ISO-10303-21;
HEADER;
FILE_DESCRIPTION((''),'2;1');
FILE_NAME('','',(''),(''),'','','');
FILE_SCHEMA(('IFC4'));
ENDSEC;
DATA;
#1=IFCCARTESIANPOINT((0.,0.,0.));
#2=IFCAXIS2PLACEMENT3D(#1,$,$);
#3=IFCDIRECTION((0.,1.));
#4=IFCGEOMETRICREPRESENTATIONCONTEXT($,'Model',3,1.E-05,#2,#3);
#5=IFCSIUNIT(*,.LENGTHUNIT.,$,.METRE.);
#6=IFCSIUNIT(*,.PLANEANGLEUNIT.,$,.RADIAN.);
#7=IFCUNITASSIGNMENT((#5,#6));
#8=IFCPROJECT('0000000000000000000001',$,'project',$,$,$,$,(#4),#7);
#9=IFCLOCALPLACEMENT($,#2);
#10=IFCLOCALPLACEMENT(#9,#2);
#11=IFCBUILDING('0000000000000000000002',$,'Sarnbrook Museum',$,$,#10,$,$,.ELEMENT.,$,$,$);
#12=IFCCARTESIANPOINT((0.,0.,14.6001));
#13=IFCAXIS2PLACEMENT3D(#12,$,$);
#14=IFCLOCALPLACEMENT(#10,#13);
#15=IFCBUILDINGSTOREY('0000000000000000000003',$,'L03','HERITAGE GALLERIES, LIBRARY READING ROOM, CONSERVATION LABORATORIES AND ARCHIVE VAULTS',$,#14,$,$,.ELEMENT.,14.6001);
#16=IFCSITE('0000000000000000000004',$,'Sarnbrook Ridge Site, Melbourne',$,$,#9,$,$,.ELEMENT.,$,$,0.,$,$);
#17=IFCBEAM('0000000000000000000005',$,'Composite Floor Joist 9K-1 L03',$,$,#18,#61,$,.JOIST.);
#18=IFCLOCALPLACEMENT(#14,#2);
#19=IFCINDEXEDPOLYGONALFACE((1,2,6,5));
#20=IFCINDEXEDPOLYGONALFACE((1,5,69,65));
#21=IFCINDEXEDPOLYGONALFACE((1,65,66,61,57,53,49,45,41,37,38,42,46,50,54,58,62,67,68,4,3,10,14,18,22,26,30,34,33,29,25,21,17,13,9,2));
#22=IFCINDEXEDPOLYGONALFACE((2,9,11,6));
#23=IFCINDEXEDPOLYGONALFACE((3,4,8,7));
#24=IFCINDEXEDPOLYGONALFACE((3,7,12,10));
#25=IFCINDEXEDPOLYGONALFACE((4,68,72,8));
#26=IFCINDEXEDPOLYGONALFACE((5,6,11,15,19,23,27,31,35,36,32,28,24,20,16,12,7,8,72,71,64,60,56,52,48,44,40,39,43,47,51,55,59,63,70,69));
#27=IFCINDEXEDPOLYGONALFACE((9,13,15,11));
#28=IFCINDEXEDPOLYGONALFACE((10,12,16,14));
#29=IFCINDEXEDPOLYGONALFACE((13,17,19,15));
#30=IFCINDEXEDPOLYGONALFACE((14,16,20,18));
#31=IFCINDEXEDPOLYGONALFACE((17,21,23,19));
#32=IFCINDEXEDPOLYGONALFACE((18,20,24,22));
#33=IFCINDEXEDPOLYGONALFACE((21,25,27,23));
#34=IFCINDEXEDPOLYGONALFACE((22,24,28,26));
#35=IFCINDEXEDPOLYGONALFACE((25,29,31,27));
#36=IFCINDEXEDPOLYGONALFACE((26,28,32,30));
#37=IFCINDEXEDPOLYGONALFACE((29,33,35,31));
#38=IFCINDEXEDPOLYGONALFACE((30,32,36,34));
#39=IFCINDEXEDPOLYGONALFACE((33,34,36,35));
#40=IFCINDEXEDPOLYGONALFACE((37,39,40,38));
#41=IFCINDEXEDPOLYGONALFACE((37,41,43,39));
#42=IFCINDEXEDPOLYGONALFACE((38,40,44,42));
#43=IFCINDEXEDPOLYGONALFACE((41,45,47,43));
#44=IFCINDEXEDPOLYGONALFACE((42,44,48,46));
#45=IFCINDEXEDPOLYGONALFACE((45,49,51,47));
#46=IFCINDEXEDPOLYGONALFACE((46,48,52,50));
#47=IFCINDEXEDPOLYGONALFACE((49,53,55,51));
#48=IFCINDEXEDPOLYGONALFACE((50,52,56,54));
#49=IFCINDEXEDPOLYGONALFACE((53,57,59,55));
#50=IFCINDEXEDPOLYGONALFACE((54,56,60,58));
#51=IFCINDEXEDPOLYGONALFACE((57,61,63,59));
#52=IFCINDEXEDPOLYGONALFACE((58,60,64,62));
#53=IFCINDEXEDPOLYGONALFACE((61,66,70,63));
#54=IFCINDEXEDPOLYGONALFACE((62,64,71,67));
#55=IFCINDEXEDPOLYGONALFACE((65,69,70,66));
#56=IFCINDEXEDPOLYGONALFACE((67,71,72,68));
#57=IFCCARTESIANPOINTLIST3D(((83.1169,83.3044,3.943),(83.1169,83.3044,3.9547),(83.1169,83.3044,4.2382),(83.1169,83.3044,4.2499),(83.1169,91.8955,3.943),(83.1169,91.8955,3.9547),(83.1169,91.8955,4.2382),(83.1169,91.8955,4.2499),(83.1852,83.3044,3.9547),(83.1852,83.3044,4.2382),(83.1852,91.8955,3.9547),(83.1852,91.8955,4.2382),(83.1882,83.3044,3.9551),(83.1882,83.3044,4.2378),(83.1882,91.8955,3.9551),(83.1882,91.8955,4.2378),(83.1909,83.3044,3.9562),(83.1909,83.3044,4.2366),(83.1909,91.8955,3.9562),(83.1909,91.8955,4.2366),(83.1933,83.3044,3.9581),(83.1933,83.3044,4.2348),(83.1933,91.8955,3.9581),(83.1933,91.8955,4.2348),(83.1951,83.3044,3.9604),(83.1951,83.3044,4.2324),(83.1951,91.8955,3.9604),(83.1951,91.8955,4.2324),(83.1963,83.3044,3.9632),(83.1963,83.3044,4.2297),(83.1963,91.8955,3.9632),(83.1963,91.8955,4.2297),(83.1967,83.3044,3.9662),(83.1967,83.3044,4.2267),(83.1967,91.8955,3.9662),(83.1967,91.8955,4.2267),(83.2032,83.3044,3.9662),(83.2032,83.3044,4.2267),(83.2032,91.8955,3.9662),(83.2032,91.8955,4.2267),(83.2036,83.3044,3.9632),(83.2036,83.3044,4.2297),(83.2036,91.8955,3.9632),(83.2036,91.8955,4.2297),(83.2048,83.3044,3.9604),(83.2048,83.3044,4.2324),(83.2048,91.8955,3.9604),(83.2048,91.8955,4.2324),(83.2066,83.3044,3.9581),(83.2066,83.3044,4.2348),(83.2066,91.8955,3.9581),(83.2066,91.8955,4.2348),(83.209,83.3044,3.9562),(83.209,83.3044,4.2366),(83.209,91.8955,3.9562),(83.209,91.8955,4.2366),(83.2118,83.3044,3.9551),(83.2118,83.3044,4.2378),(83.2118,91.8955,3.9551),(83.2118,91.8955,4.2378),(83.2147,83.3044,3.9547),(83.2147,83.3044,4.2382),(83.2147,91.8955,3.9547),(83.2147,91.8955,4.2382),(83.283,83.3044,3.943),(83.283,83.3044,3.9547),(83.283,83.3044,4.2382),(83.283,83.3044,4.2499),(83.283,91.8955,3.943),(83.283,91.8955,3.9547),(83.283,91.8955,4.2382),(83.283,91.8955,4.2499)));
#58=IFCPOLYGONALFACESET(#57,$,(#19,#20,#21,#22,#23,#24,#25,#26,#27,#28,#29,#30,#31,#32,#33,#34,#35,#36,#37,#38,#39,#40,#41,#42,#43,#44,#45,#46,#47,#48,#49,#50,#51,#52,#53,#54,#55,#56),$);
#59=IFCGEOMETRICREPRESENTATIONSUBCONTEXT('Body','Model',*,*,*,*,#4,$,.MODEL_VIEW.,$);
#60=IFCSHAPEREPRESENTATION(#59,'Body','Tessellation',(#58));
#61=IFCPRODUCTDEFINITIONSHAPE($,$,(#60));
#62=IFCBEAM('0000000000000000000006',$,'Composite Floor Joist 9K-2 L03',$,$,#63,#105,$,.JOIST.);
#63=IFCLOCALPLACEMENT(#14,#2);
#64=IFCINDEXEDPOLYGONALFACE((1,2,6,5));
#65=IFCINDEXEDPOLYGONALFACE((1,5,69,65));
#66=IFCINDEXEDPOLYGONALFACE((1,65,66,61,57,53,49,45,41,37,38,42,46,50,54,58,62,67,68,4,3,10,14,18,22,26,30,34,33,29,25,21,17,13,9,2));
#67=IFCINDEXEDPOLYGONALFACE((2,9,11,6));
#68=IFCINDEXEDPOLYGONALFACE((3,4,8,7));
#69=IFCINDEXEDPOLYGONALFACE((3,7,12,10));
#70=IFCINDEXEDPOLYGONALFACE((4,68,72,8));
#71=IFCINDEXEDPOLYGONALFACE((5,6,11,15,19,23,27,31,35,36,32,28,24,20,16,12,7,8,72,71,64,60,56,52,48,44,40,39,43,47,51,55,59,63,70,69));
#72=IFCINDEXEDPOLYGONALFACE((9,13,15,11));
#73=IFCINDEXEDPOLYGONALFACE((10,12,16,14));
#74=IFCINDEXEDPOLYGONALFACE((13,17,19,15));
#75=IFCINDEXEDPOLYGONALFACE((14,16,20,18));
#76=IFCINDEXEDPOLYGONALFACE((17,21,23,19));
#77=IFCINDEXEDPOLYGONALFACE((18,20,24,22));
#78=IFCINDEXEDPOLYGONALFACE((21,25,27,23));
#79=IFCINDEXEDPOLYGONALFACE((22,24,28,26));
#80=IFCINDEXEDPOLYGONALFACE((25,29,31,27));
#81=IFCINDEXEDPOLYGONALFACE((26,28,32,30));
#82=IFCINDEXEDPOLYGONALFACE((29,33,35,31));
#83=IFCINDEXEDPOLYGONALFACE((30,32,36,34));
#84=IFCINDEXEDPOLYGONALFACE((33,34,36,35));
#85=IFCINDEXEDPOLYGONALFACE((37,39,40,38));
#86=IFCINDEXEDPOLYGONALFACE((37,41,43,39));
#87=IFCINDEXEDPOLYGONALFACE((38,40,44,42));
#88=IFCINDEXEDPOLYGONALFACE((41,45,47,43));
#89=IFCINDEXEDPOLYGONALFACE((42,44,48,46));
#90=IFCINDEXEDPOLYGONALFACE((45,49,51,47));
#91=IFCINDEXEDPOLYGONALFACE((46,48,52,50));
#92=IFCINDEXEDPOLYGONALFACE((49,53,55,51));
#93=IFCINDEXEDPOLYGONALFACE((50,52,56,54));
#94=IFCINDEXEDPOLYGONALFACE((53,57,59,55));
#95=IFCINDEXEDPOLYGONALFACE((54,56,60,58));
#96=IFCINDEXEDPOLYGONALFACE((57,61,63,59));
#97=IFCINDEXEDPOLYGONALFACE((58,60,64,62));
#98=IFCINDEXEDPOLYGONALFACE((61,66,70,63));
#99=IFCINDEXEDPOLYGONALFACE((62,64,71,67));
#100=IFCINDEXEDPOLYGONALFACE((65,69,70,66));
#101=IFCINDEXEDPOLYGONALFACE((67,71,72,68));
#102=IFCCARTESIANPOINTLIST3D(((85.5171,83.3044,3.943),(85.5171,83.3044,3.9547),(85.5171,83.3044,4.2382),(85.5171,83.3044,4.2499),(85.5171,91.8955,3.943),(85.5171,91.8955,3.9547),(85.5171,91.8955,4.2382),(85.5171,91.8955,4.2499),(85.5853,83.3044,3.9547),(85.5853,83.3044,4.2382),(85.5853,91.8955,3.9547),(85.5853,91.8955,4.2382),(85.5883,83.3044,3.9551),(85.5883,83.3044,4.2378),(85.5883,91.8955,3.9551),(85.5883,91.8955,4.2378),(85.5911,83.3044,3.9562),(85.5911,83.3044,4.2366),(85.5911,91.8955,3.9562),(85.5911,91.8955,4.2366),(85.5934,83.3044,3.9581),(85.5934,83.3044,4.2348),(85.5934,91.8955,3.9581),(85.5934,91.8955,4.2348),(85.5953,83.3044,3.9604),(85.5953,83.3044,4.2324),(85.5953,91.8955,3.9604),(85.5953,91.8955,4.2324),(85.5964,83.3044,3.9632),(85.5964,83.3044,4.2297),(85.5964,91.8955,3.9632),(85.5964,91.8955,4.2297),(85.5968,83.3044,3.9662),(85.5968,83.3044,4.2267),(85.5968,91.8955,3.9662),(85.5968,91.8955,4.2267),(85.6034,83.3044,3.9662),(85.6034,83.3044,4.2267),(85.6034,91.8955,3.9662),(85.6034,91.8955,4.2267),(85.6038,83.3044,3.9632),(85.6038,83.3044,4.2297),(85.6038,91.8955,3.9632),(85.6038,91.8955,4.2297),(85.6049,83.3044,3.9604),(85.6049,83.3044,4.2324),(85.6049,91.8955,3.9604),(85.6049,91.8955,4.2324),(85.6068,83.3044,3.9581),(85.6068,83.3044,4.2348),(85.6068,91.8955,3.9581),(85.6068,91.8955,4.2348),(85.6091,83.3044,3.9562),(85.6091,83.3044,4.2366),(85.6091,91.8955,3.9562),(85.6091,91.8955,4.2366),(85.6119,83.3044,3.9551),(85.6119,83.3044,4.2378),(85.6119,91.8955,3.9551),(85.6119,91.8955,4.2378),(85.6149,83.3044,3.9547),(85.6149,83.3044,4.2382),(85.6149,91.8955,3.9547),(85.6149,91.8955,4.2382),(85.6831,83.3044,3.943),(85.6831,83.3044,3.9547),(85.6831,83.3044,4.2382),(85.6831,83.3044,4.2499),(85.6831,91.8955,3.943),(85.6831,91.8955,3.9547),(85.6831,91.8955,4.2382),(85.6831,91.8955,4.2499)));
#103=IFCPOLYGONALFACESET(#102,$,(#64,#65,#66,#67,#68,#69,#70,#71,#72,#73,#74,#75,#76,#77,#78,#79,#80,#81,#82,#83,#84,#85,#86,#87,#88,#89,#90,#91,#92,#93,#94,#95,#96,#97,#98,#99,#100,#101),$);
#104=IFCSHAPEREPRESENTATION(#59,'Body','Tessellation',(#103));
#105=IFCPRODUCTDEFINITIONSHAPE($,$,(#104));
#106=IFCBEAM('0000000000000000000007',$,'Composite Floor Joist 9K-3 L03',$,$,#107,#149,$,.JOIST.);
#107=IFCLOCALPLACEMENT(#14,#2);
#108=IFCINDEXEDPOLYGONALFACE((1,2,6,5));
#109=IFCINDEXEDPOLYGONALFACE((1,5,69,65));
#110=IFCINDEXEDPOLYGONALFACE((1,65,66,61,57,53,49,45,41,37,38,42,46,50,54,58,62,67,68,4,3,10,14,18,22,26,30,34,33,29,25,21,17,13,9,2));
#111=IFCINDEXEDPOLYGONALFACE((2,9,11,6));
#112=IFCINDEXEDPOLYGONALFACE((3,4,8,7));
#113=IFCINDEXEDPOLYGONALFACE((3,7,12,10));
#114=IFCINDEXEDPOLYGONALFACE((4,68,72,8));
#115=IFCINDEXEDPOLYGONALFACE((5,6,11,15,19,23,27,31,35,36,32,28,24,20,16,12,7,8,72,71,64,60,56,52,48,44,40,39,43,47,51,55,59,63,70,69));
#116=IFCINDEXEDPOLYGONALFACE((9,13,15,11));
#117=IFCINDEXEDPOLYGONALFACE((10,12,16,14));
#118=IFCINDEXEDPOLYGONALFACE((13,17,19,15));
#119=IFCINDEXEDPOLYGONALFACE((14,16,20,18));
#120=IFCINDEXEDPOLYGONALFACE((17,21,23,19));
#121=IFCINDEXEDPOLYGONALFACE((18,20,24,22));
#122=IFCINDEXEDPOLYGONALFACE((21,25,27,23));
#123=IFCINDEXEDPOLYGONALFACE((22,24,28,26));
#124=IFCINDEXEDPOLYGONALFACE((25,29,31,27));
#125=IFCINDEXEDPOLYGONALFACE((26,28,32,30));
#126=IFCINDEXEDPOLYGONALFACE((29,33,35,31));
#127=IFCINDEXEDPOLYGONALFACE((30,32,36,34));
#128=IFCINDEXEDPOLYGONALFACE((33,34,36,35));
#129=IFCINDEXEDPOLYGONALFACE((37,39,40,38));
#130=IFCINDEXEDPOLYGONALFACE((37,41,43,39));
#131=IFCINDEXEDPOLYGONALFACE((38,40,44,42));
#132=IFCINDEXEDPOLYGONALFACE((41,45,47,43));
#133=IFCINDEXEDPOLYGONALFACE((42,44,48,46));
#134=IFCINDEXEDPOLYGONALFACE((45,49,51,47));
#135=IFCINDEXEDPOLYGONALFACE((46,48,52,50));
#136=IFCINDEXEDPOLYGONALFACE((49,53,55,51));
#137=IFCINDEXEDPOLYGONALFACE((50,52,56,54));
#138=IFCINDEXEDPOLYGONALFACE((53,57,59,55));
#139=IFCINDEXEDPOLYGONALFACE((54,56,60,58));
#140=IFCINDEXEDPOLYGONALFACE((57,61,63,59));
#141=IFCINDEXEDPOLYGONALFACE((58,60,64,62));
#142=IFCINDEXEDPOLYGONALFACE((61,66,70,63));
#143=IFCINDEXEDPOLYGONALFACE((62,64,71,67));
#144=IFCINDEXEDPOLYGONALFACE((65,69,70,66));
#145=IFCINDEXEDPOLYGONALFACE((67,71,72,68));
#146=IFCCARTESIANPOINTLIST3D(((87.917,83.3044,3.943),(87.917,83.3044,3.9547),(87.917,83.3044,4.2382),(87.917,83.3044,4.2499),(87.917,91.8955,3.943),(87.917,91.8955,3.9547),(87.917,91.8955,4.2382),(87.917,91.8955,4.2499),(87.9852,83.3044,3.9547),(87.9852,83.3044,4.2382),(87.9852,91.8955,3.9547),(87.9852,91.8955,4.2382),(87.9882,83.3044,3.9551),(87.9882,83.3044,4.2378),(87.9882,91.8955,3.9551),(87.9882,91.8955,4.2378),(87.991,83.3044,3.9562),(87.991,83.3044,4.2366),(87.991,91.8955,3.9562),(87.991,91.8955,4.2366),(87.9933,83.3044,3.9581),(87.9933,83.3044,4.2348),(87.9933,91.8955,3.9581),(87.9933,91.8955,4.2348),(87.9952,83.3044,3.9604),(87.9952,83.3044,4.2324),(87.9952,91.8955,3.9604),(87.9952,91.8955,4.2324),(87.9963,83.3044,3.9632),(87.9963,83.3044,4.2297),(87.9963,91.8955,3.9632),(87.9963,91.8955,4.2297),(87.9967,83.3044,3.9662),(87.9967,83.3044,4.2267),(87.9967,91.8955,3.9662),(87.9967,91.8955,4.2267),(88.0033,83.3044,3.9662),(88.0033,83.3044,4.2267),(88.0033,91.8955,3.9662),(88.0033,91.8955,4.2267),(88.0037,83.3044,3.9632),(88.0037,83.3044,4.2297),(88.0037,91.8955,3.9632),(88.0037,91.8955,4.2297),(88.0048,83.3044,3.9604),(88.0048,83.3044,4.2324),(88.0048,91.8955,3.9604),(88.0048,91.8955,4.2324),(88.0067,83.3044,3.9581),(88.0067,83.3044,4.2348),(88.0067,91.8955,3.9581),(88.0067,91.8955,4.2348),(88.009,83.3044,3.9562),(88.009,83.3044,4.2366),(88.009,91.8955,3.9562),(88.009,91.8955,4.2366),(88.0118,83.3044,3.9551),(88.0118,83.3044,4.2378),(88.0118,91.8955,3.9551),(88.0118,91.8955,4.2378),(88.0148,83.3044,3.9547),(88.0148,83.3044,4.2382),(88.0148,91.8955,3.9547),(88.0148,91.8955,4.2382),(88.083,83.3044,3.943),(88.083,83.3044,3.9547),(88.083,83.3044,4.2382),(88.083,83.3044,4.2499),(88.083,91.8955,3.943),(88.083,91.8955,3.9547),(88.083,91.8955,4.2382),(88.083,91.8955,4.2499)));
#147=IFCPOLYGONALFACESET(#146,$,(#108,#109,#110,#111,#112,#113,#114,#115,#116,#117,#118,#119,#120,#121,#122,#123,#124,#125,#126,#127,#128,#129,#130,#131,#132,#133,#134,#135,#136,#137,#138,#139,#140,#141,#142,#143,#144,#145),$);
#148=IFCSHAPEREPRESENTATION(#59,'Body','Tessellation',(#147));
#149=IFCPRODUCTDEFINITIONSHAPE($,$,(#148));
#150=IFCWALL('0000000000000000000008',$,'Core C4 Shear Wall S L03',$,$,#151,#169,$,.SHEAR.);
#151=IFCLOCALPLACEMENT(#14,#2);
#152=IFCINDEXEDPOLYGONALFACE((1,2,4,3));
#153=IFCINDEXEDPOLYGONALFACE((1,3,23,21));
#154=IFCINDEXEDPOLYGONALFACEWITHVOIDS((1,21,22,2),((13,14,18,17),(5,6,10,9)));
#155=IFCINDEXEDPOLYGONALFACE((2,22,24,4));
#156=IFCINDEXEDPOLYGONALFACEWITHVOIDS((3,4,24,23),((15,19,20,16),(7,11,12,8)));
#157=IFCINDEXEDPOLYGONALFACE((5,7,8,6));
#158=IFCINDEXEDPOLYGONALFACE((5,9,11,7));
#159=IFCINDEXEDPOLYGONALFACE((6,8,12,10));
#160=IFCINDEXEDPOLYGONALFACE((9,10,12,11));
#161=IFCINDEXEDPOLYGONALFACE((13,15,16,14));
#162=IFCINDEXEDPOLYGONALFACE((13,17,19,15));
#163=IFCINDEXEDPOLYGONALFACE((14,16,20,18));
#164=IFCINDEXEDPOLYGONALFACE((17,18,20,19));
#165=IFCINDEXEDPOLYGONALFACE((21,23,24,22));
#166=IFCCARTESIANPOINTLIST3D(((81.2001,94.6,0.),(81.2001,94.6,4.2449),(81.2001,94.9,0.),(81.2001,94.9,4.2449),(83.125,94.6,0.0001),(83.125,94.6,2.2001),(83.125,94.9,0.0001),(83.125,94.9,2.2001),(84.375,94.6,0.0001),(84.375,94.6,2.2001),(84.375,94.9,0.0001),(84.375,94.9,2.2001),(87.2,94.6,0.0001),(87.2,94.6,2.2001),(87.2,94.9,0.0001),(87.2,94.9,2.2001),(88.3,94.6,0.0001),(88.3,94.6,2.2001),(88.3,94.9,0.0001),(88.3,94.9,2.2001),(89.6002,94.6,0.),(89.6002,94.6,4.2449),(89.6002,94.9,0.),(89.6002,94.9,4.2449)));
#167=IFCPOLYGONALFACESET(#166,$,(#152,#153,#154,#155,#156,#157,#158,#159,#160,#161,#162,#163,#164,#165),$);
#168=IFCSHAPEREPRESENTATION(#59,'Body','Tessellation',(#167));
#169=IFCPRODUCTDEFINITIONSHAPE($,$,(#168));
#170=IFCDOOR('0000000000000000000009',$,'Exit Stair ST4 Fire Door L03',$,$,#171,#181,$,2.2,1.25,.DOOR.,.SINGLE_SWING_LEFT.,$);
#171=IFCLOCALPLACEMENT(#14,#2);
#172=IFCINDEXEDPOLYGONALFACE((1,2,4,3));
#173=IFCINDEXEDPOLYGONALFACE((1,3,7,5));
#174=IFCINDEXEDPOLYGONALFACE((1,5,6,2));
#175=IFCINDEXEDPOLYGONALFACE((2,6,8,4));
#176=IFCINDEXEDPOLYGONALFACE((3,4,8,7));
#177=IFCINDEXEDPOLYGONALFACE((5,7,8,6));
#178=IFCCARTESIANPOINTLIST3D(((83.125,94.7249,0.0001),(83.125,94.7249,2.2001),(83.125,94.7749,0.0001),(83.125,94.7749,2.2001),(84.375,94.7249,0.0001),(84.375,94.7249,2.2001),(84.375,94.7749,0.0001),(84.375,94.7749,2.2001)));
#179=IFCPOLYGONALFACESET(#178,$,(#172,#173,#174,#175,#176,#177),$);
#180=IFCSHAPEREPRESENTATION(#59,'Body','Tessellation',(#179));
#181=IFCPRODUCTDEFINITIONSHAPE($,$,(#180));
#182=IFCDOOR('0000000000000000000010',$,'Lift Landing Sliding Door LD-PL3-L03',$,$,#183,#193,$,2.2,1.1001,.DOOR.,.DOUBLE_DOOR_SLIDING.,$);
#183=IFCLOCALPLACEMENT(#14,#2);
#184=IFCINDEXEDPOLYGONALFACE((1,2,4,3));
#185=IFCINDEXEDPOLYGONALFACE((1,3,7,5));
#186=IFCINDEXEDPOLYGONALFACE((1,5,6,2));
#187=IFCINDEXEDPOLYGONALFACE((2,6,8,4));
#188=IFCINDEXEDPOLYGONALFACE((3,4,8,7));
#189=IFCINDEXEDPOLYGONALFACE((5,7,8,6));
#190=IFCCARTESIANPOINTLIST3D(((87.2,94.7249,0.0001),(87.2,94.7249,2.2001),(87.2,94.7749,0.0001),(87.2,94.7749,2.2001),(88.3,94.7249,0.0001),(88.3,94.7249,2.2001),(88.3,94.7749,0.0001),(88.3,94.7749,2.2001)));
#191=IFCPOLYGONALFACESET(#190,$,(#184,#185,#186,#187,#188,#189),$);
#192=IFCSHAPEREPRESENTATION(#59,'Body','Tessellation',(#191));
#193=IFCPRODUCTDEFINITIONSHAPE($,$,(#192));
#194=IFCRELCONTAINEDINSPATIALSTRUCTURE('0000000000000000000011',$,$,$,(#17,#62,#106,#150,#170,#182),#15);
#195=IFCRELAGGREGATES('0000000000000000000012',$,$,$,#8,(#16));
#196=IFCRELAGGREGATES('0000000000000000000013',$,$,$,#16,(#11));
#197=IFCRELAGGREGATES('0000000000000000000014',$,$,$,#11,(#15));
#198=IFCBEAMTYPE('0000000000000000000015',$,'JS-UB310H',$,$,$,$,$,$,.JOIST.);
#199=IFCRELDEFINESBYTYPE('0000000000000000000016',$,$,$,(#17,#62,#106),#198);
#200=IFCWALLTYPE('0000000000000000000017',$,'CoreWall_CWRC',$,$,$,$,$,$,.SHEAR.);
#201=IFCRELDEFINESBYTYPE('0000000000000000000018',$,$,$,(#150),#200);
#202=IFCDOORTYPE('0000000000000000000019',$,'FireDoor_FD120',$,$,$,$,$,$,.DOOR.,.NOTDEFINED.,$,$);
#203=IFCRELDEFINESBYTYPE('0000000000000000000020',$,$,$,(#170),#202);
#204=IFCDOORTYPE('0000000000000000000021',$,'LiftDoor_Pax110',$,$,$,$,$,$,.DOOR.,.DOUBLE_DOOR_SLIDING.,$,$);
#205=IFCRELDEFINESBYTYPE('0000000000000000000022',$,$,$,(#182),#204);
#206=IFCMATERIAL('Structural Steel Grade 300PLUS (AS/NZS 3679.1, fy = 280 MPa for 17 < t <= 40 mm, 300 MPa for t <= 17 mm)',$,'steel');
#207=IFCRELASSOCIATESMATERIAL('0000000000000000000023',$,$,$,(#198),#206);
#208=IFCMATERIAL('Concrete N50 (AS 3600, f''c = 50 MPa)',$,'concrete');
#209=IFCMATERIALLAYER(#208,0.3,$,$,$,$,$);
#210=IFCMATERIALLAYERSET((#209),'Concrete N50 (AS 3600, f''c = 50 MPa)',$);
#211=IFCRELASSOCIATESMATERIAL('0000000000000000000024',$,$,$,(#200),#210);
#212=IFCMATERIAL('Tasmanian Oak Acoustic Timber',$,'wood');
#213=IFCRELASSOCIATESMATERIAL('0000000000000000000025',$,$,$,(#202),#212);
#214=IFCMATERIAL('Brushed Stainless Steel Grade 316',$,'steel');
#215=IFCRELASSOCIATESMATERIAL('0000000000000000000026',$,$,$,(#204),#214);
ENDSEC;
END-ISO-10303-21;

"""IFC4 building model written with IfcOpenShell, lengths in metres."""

from ifc_helpers import new_model, si_unit, direction, frame, frame_2d, origin, origin_2d, place, context, subcontext, project, spatial, rectangle, i_section, extrude, material, layer, layer_set, material_profile, profile_set, type_object, element, fill, save


model = new_model("IFC4")

# Units and contexts
model_context = context("Model", 3, precision=1e-05, world=origin(), true_north=direction((0.0, 1.0)))
body_context = subcontext(model_context, "Body", "Model", "MODEL_VIEW")
ifc_project = project(units=[si_unit("LENGTHUNIT", "METRE"), si_unit("PLANEANGLEUNIT", "RADIAN")], contexts=[model_context])

# Site, building, storey
site_placement = place(None, origin())
site = spatial("IfcSite", under=ifc_project, at=site_placement, Name="Sarnbrook Ridge Site, Melbourne", CompositionType="ELEMENT", RefElevation=0.0)
building_placement = place(site_placement, origin())
building = spatial("IfcBuilding", under=site, at=building_placement, Name="Sarnbrook Museum", CompositionType="ELEMENT")
storey_placement = place(building_placement, frame((0.0, 0.0, 14.6001)))
storey = spatial("IfcBuildingStorey", under=building, at=storey_placement, Name="L03", Description="HERITAGE GALLERIES, LIBRARY READING ROOM, CONSERVATION LABORATORIES AND ARCHIVE VAULTS", CompositionType="ELEMENT", Elevation=14.6001)

# Shared definitions
ifc_material_1 = material(Name="Structural Steel Grade 300PLUS (AS/NZS 3679.1, fy = 280 MPa for 17 < t <= 40 mm, 300 MPa for t <= 17 mm)", Category="steel")

# Beams
ifc_material_profile_1 = material_profile(ifc_material_1, i_section(OverallWidth=0.166, OverallDepth=0.3069, WebThickness=0.0066, FlangeThickness=0.0117, FilletRadius=0.0115, at=origin_2d()), Name="310UB46.2")
ifc_profile_set_1 = profile_set([ifc_material_profile_1], Name="Structural Steel Grade 300PLUS (AS/NZS 3679.1, fy = 280 MPa for 17 < t <= 40 mm, 300 MPa for t <= 17 mm)")
beam_type_1 = type_object("IfcBeamType", Name="JS-UB310H", PredefinedType="JOIST", material=ifc_profile_set_1)
for number, where, z_axis, x_axis, name in (
    (1, (83.2, 83.3044, 4.0964), (0.0, 1.0, 0.0), (-1.0, 0.0, 0.0), "Composite Floor Joist 9K-1 L03"),
    (2, (85.6001, 83.3044, 4.0964), (0.0, 1.0, 0.0), (-1.0, 0.0, 0.0), "Composite Floor Joist 9K-2 L03"),
    (3, (88.0, 83.3044, 4.0964), (0.0, 1.0, 0.0), (-1.0, 0.0, 0.0), "Composite Floor Joist 9K-3 L03"),
):
    element("IfcBeam", number, at=place(storey_placement, frame(where, z_axis=z_axis, x_axis=x_axis)), inside=storey, type_object=beam_type_1, Name=name, PredefinedType="JOIST", context=body_context, shape_type="SweptSolid", body=[
        extrude(i_section(OverallWidth=0.166, OverallDepth=0.3069, WebThickness=0.0066, FlangeThickness=0.0117, FilletRadius=0.0115, at=origin_2d()), origin(), (0.0, 0.0, 1.0), 8.5911),
    ])

# Wall, openings, doors
ifc_material_2 = material(Name="Concrete N50 (AS 3600, f'c = 50 MPa)", Category="concrete")
ifc_layer_1 = layer(ifc_material_2, 0.3)
ifc_layer_set_1 = layer_set([ifc_layer_1], Name="Concrete N50 (AS 3600, f'c = 50 MPa)")
wall_type_1 = type_object("IfcWallType", Name="CoreWall_CWRC", PredefinedType="SHEAR", material=ifc_layer_set_1)
wall_1_placement = place(storey_placement, frame((81.2, 94.75, 0.0), z_axis=(0.0, 0.0, 1.0), x_axis=(1.0, 0.0, 0.0)))
wall_1 = element("IfcWall", 4, at=wall_1_placement, inside=storey, type_object=wall_type_1, Name="Core C4 Shear Wall S L03", PredefinedType="SHEAR", context=body_context, shape_type="SweptSolid", body=[
    extrude(rectangle(XDim=8.4001, YDim=0.3, at=frame_2d((4.2002, 0.0))), origin(), (0.0, 0.0, 1.0), 4.2449),
])
opening_1_placement = place(wall_1_placement, frame((1.925, 0.0, 0.0)))
opening_1 = element("IfcOpeningElement", 5, at=opening_1_placement, cuts=wall_1, PredefinedType="OPENING", context=body_context, shape_type="SweptSolid", body=[
    extrude(rectangle(XDim=1.25, YDim=2.2, at=frame_2d((0.625, 1.1001))), frame((0.0, 0.1602, 0.0), z_axis=(0.0, -1.0, 0.0), x_axis=(1.0, 0.0, 0.0)), (0.0, 0.0, 1.0), 0.3201),
])
opening_2_placement = place(wall_1_placement, frame((6.0, 0.0, 0.0)))
opening_2 = element("IfcOpeningElement", 6, at=opening_2_placement, cuts=wall_1, PredefinedType="OPENING", context=body_context, shape_type="SweptSolid", body=[
    extrude(rectangle(XDim=1.1001, YDim=2.2, at=frame_2d((0.55, 1.1001))), frame((0.0, 0.1602, 0.0), z_axis=(0.0, -1.0, 0.0), x_axis=(1.0, 0.0, 0.0)), (0.0, 0.0, 1.0), 0.3201),
])
ifc_material_3 = material(Name="Tasmanian Oak Acoustic Timber", Category="wood")
door_type_1 = type_object("IfcDoorType", Name="FireDoor_FD120", OperationType="NOTDEFINED", PredefinedType="DOOR", material=ifc_material_3)
door_1_placement = place(opening_1_placement, origin())
door_1 = element("IfcDoor", 7, at=door_1_placement, inside=storey, type_object=door_type_1, Name="Exit Stair ST4 Fire Door L03", OperationType="SINGLE_SWING_LEFT", OverallHeight=2.2, OverallWidth=1.25, PredefinedType="DOOR", context=body_context, shape_type="SweptSolid", body=[
    extrude(rectangle(XDim=1.25, YDim=2.2, at=frame_2d((0.625, 1.1001))), frame((0.0, 0.0249, 0.0), z_axis=(0.0, -1.0, 0.0), x_axis=(1.0, 0.0, 0.0)), (0.0, 0.0, 1.0), 0.05),
])
fill(opening_1, door_1)
ifc_material_4 = material(Name="Brushed Stainless Steel Grade 316", Category="steel")
door_type_2 = type_object("IfcDoorType", Name="LiftDoor_Pax110", OperationType="DOUBLE_DOOR_SLIDING", PredefinedType="DOOR", material=ifc_material_4)
door_2_placement = place(opening_2_placement, origin())
door_2 = element("IfcDoor", 8, at=door_2_placement, inside=storey, type_object=door_type_2, Name="Lift Landing Sliding Door LD-PL3-L03", OperationType="DOUBLE_DOOR_SLIDING", OverallHeight=2.2, OverallWidth=1.1001, PredefinedType="DOOR", context=body_context, shape_type="SweptSolid", body=[
    extrude(rectangle(XDim=1.1001, YDim=2.2, at=frame_2d((0.55, 1.1001))), frame((0.0, 0.0249, 0.0), z_axis=(0.0, -1.0, 0.0), x_axis=(1.0, 0.0, 0.0)), (0.0, 0.0, 1.0), 0.05),
])
fill(opening_2, door_2)

save(model, "model.ifc")
